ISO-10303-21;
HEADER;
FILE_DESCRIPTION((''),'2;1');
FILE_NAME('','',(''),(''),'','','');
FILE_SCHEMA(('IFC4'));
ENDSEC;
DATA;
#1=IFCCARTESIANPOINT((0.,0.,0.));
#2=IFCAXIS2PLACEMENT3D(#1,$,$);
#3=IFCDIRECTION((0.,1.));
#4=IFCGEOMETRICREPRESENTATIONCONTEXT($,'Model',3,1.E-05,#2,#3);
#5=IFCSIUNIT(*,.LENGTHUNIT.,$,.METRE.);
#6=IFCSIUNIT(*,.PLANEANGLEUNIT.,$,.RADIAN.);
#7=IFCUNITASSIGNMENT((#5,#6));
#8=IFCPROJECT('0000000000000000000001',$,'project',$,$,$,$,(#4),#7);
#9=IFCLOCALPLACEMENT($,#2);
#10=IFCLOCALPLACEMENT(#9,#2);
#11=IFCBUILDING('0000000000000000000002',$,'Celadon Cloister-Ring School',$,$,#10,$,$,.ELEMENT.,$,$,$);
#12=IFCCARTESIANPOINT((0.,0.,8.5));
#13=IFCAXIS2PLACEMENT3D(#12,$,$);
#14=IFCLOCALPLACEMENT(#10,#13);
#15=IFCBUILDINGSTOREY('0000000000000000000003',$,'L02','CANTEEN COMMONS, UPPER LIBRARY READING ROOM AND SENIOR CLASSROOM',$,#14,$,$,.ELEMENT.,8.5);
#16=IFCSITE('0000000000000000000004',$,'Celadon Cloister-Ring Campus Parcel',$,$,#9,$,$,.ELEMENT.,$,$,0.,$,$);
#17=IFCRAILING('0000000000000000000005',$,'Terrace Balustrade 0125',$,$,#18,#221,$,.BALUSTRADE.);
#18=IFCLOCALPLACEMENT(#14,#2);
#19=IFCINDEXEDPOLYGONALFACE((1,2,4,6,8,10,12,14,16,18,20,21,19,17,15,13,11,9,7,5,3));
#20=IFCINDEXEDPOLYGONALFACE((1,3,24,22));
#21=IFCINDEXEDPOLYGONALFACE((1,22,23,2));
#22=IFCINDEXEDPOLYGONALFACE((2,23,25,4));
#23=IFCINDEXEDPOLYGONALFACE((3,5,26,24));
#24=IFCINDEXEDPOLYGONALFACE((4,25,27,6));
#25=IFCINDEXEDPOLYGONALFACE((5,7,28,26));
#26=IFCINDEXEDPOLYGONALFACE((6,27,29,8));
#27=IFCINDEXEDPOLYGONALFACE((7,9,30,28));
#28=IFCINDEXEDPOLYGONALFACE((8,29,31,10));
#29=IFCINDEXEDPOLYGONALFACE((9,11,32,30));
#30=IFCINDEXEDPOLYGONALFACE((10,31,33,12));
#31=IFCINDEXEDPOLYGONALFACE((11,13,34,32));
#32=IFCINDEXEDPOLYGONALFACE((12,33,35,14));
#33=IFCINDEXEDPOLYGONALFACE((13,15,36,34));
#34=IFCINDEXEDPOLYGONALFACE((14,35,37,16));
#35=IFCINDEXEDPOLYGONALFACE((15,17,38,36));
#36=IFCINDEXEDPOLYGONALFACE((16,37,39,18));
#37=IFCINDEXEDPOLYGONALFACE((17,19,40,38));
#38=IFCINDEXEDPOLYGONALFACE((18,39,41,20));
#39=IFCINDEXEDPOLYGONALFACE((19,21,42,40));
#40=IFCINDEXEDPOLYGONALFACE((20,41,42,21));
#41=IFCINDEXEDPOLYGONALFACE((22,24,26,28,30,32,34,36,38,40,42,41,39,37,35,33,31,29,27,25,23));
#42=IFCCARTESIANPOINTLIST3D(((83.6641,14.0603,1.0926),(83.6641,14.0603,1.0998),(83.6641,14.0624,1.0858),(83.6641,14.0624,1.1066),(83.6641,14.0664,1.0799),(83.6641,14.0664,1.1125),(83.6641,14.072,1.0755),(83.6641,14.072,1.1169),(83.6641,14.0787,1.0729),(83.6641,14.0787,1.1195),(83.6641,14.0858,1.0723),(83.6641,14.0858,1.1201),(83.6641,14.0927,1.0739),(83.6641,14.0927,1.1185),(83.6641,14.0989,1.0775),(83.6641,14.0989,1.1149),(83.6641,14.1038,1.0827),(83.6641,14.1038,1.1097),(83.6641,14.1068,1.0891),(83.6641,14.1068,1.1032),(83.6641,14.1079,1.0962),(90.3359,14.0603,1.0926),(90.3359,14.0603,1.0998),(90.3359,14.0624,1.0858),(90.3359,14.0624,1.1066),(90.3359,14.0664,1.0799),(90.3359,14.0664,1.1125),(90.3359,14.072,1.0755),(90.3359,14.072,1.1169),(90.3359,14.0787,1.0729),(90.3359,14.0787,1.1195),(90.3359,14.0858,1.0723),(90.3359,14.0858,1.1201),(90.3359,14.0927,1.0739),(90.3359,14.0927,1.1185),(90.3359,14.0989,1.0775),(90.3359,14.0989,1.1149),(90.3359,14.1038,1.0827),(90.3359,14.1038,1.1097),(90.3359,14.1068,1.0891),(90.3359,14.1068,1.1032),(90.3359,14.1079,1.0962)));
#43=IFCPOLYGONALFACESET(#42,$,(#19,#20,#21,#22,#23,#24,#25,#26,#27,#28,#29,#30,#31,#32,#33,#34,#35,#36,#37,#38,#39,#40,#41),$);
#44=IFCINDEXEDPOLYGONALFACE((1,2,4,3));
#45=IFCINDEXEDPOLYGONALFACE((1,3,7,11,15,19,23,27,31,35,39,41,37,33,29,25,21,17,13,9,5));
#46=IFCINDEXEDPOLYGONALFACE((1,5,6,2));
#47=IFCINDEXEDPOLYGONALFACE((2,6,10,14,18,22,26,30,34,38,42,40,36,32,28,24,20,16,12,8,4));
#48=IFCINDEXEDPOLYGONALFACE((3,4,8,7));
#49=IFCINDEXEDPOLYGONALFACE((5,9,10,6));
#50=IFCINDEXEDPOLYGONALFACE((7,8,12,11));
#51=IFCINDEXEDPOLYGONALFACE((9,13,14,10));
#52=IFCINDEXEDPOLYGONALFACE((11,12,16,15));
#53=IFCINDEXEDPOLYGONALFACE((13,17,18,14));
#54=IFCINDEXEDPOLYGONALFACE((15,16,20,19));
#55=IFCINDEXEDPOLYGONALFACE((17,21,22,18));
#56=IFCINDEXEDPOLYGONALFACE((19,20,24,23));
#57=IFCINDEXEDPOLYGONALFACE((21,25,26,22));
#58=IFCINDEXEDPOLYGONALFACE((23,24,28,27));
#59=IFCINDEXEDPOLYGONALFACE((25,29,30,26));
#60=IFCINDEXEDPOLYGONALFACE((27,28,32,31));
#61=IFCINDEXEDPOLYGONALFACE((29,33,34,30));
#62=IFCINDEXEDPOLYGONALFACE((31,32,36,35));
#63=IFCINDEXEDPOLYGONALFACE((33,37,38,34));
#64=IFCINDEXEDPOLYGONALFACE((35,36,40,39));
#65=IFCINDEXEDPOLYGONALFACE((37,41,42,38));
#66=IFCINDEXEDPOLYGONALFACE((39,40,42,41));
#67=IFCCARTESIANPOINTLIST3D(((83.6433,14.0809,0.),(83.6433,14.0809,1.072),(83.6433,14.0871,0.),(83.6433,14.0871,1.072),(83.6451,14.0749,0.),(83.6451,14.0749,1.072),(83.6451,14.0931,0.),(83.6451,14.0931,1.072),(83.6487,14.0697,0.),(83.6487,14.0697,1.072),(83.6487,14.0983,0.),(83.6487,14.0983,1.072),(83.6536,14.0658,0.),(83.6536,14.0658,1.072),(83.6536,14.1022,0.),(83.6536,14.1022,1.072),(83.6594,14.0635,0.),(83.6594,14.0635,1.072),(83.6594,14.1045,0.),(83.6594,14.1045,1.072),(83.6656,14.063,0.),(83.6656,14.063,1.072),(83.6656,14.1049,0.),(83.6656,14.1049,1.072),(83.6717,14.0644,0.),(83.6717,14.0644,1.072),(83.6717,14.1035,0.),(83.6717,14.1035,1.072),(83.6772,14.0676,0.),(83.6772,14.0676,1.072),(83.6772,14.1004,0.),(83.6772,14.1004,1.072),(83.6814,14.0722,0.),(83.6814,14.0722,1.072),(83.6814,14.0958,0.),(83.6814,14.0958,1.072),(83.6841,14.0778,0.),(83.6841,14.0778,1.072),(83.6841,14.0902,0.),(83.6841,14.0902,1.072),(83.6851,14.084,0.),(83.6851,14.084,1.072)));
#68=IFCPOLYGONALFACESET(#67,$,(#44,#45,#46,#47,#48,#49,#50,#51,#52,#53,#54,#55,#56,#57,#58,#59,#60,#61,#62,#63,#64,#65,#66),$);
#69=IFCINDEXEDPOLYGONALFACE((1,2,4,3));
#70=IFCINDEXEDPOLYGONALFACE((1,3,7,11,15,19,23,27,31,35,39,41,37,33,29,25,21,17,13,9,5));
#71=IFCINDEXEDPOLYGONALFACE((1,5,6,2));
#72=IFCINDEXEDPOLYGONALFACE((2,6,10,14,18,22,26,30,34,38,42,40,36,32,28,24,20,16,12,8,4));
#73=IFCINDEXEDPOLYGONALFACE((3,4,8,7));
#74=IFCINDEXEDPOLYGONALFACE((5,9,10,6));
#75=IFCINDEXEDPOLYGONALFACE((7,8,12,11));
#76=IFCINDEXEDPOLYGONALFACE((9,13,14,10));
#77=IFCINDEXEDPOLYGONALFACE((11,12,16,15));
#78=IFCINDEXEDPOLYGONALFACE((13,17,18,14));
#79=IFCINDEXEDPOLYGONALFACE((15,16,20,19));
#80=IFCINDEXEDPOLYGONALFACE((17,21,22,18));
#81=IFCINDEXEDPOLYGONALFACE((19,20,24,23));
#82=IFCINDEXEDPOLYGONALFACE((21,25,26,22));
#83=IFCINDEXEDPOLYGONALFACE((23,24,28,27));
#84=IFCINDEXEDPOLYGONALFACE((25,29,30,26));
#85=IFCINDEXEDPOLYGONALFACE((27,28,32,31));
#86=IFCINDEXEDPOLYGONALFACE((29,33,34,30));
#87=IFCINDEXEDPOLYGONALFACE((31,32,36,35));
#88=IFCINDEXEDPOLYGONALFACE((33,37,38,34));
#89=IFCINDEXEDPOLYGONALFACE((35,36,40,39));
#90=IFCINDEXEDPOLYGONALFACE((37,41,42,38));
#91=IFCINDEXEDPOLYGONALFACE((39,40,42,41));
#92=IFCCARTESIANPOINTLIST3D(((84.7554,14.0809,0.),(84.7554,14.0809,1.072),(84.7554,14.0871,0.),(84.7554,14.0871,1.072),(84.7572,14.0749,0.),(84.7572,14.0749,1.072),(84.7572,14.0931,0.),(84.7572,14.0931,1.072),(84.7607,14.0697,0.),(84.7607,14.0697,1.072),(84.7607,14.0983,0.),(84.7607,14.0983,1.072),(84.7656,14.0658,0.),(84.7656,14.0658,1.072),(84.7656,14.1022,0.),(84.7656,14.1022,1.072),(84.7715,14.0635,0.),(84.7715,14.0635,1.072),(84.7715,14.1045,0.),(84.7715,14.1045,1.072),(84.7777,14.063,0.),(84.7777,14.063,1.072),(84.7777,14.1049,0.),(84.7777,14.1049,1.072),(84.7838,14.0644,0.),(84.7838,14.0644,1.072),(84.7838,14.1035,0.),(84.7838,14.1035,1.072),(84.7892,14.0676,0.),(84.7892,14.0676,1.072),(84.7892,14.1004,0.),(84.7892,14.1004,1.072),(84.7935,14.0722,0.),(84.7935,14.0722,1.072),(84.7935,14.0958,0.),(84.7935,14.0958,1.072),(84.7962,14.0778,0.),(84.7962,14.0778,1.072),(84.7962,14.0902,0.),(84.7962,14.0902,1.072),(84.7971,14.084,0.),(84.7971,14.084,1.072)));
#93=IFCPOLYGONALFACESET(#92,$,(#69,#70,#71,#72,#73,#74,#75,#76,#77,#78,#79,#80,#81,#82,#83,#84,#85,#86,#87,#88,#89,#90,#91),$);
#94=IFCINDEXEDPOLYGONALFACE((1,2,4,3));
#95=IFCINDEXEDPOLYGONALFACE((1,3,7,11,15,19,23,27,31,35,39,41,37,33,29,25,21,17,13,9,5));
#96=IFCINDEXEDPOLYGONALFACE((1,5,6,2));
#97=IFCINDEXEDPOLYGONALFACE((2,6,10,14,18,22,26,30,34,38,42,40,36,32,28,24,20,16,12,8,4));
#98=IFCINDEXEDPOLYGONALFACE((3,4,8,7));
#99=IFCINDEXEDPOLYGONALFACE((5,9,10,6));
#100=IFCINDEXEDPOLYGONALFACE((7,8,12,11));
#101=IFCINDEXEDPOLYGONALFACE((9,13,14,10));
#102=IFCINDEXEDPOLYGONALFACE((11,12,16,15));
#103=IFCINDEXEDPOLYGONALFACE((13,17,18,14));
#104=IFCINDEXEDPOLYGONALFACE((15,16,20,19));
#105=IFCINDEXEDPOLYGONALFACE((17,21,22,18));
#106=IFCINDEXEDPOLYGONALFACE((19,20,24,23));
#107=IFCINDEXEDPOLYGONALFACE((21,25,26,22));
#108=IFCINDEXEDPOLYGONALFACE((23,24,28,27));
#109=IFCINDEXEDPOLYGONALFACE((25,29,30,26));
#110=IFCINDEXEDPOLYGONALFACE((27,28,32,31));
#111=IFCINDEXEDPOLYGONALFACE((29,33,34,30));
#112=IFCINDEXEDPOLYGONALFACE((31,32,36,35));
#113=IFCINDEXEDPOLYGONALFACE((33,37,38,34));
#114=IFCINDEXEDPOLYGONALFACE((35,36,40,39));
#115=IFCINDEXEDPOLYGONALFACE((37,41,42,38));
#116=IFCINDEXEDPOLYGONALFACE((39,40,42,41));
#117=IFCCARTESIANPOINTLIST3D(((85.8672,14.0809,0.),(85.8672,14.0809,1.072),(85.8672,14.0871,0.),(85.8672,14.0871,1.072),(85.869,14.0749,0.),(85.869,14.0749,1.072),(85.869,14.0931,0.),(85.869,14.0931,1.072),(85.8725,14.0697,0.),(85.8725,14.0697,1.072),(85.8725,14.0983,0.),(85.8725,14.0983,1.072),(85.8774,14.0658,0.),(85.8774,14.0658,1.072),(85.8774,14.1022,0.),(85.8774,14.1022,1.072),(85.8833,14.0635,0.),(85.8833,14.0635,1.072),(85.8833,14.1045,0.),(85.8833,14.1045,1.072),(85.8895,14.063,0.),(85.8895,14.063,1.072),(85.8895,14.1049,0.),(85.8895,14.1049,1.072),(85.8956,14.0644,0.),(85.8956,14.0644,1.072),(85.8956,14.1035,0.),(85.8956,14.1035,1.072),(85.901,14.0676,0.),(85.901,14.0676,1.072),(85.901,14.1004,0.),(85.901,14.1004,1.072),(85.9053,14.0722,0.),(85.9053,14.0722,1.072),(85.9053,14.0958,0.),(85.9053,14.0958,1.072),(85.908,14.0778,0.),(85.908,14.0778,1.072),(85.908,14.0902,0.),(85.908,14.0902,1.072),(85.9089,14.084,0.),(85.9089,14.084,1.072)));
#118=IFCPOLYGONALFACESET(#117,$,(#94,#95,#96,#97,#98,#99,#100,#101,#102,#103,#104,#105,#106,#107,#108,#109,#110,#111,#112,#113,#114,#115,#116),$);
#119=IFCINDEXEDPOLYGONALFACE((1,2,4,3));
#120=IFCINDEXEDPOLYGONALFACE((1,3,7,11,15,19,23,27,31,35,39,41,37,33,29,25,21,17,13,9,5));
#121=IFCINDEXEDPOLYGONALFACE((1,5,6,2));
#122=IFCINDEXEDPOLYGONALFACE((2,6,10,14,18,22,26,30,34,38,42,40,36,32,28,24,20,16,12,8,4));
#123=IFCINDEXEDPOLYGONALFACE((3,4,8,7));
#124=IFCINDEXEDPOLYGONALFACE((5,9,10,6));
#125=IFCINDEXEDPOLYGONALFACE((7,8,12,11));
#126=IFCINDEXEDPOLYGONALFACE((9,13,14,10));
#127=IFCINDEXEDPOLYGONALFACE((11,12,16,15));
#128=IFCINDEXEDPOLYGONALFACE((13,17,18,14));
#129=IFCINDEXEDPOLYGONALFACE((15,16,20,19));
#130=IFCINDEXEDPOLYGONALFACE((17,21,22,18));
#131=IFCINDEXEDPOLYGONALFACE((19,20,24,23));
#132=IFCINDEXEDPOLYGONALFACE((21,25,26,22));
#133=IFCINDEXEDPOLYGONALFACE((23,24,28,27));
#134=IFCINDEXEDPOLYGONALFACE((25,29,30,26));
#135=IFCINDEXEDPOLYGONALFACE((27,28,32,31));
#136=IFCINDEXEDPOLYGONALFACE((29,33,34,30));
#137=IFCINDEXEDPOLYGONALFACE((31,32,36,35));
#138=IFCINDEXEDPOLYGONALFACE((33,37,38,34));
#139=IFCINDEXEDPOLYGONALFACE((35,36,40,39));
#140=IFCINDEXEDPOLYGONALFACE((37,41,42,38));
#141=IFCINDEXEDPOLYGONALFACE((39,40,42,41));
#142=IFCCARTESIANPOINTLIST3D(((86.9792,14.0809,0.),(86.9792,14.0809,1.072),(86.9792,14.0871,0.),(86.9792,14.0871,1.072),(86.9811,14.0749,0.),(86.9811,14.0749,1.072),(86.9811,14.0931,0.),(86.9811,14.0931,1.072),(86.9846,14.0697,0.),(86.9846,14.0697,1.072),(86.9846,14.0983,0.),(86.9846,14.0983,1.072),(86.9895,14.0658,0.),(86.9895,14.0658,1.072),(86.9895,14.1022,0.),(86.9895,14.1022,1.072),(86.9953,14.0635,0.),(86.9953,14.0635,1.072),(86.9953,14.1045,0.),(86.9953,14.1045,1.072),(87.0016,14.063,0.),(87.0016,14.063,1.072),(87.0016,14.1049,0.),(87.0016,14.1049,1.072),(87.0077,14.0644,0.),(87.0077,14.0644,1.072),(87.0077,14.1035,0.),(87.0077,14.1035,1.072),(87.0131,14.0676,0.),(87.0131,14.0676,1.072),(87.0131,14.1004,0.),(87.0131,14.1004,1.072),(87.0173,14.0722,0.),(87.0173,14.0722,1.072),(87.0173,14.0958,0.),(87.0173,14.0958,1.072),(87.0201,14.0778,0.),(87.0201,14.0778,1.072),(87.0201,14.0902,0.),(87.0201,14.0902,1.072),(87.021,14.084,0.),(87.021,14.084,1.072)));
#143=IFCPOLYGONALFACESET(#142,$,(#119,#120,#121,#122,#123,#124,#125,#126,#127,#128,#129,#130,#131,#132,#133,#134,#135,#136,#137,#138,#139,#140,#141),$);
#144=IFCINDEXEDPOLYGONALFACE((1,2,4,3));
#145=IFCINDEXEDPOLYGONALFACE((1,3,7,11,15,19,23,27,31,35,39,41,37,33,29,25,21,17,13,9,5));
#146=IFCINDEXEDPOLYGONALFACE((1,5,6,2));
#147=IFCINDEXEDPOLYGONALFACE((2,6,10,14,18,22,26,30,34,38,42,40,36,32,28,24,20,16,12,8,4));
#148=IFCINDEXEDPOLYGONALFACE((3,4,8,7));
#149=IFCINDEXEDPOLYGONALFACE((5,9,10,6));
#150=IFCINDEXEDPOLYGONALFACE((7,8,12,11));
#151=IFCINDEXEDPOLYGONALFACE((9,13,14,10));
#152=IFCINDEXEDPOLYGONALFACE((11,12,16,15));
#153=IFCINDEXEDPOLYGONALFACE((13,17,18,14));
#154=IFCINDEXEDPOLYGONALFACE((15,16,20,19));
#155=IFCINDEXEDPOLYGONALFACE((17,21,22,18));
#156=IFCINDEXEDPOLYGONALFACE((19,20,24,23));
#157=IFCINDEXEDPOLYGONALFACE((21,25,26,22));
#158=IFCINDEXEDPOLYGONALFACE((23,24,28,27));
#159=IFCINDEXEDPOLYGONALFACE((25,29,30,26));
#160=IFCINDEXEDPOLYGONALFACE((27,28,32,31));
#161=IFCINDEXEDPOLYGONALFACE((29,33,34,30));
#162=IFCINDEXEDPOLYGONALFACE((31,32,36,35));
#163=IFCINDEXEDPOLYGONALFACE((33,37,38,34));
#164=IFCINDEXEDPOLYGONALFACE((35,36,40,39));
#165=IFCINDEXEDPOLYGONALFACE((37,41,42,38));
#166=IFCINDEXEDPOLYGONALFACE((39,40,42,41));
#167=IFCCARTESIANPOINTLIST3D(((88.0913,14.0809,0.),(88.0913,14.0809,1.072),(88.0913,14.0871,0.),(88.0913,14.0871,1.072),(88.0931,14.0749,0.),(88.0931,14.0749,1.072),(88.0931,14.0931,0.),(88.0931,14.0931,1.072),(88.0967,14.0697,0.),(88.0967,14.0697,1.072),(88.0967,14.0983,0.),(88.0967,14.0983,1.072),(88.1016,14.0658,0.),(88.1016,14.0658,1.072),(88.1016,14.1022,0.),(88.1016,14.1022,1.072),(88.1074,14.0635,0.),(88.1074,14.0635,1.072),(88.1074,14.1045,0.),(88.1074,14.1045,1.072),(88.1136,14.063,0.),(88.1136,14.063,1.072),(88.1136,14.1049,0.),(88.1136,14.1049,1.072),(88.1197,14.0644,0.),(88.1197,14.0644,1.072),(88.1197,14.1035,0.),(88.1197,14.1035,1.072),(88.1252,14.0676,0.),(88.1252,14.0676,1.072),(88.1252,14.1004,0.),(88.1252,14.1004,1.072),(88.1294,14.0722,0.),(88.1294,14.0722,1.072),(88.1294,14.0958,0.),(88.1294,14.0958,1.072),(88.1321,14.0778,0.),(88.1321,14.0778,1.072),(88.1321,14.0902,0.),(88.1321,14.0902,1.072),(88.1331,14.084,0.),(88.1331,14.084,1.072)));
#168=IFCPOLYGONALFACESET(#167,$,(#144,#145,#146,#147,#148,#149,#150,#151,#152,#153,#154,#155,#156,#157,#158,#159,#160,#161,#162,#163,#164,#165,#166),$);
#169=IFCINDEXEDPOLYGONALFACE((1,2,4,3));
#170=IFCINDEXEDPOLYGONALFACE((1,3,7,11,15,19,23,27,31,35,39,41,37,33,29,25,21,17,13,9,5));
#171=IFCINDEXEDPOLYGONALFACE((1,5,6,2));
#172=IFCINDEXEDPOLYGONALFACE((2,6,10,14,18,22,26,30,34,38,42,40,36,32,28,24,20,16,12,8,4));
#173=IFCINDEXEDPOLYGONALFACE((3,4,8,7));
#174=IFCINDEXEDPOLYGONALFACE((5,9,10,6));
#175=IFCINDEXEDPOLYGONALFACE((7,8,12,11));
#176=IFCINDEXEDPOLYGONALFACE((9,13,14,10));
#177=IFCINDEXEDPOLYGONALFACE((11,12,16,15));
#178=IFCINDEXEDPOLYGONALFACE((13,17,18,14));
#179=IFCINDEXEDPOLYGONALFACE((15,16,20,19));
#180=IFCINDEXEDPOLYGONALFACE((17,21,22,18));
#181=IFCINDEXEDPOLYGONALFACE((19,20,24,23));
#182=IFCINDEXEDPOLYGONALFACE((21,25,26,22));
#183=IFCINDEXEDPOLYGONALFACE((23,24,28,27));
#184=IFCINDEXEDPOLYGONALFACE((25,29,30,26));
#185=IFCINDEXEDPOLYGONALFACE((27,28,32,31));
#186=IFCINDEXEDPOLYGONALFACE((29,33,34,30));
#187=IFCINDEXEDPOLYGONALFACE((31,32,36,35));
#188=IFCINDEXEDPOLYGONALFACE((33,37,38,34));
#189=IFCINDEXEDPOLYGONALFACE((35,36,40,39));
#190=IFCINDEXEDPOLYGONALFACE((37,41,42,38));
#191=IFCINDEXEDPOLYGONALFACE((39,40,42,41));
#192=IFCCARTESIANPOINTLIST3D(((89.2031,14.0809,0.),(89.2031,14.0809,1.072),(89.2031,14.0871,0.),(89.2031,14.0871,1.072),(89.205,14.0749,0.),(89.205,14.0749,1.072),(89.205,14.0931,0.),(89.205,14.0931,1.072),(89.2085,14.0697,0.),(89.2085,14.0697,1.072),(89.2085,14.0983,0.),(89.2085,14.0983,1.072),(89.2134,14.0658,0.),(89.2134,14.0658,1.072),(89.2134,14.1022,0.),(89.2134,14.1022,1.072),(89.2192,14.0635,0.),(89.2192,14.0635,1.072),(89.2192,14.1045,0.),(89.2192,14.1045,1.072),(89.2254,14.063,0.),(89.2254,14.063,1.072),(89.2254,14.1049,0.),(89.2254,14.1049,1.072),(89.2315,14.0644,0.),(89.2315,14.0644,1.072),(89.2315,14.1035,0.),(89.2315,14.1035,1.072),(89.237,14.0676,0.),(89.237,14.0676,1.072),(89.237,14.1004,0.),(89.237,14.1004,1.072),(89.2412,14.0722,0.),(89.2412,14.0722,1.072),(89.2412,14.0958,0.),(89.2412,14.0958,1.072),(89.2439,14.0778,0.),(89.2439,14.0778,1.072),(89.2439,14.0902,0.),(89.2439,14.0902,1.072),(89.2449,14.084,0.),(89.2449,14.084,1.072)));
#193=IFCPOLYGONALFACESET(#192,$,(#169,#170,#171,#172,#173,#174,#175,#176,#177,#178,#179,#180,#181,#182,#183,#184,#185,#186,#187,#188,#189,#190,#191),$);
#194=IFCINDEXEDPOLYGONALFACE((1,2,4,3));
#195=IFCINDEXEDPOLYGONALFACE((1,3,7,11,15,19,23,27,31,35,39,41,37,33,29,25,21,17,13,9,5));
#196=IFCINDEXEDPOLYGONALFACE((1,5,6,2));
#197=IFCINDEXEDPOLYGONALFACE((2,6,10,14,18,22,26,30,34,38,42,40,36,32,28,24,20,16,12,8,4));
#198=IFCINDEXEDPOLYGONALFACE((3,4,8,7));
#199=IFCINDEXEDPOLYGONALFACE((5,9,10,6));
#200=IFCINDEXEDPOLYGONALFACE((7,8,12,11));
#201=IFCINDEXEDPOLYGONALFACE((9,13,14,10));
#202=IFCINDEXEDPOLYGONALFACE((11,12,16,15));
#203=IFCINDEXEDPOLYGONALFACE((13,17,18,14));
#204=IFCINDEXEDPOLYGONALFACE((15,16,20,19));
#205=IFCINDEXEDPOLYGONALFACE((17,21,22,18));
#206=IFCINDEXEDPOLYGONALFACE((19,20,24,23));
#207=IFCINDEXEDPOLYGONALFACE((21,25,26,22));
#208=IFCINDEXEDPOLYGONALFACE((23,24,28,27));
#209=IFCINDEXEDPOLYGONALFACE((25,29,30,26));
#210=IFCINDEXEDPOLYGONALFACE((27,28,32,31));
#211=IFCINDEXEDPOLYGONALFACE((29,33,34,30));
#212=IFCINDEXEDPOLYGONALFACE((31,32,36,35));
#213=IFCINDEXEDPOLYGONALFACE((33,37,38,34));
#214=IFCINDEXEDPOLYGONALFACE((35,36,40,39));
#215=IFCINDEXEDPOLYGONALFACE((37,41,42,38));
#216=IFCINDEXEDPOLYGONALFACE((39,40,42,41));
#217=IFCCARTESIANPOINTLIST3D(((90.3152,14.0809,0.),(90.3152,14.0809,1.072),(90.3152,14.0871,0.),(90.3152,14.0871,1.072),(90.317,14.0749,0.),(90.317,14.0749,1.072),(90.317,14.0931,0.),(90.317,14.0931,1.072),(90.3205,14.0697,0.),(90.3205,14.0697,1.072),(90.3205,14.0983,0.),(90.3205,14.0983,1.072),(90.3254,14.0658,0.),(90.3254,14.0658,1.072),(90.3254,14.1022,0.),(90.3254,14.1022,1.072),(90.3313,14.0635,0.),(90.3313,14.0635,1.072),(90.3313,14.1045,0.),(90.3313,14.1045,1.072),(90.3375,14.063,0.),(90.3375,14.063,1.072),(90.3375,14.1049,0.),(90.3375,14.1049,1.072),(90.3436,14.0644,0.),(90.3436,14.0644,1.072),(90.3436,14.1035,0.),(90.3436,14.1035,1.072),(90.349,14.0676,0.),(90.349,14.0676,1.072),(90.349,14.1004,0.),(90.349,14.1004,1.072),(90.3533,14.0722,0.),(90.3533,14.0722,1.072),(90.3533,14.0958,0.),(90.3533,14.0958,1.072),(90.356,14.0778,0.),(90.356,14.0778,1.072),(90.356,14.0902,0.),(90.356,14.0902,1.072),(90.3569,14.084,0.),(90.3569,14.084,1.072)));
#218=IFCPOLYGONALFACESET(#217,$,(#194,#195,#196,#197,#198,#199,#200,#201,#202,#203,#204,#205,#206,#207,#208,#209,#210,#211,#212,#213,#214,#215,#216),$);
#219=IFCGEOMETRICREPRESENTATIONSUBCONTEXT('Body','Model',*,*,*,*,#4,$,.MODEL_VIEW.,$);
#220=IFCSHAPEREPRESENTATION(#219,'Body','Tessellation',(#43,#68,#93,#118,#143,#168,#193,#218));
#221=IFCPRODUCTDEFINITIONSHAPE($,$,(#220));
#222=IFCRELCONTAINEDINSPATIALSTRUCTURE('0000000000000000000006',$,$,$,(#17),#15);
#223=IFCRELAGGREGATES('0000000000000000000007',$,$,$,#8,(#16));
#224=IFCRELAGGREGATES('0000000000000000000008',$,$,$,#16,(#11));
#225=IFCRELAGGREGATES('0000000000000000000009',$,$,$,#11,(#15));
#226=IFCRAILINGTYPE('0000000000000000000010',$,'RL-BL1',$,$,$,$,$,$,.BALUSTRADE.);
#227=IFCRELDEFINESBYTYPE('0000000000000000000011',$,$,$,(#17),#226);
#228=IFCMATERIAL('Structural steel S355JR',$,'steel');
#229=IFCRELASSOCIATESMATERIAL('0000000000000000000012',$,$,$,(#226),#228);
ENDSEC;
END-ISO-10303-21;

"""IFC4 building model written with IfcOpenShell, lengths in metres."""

from ifc_helpers import new_model, si_unit, direction, frame, origin, origin_2d, place, context, subcontext, project, spatial, circle, extrude, material, type_object, element, save


model = new_model("IFC4")

# Units and contexts
model_context = context("Model", 3, precision=1e-05, world=origin(), true_north=direction((0.0, 1.0)))
body_context = subcontext(model_context, "Body", "Model", "MODEL_VIEW")
ifc_project = project(units=[si_unit("LENGTHUNIT", "METRE"), si_unit("PLANEANGLEUNIT", "RADIAN")], contexts=[model_context])

# Site, building, storey
site_placement = place(None, origin())
site = spatial("IfcSite", under=ifc_project, at=site_placement, Name="Celadon Cloister-Ring Campus Parcel", CompositionType="ELEMENT", RefElevation=0.0)
building_placement = place(site_placement, origin())
building = spatial("IfcBuilding", under=site, at=building_placement, Name="Celadon Cloister-Ring School", CompositionType="ELEMENT")
storey_placement = place(building_placement, frame((0.0, 0.0, 8.5)))
storey = spatial("IfcBuildingStorey", under=building, at=storey_placement, Name="L02", Description="CANTEEN COMMONS, UPPER LIBRARY READING ROOM AND SENIOR CLASSROOM", CompositionType="ELEMENT", Elevation=8.5)

# Railing
ifc_material_1 = material(Name="Structural steel S355JR", Category="steel")
railing_type = type_object("IfcRailingType", Name="RL-BL1", PredefinedType="BALUSTRADE", material=ifc_material_1)
railing_1_placement = place(storey_placement, frame((83.6641, 14.084, 0.0)))
element("IfcRailing", 1, at=railing_1_placement, inside=storey, type_object=railing_type, Name="Terrace Balustrade 0125", PredefinedType="BALUSTRADE", context=body_context, shape_type="SweptSolid", body=[
    extrude(circle(Radius=0.0239, at=origin_2d()), frame((0.0, 0.0, 1.0962), z_axis=(1.0, 0.0, 0.0), x_axis=(0.0, 1.0, 0.0)), (0.0, 0.0, 1.0), 6.6719),
    extrude(circle(Radius=0.021, at=origin_2d()), origin(), (0.0, 0.0, 1.0), 1.072),
    extrude(circle(Radius=0.021, at=origin_2d()), frame((1.1121, 0.0, 0.0)), (0.0, 0.0, 1.0), 1.072),
    extrude(circle(Radius=0.021, at=origin_2d()), frame((2.2239, 0.0, 0.0)), (0.0, 0.0, 1.0), 1.072),
    extrude(circle(Radius=0.021, at=origin_2d()), frame((3.3359, 0.0, 0.0)), (0.0, 0.0, 1.0), 1.072),
    extrude(circle(Radius=0.021, at=origin_2d()), frame((4.448, 0.0, 0.0)), (0.0, 0.0, 1.0), 1.072),
    extrude(circle(Radius=0.021, at=origin_2d()), frame((5.5598, 0.0, 0.0)), (0.0, 0.0, 1.0), 1.072),
    extrude(circle(Radius=0.021, at=origin_2d()), frame((6.6719, 0.0, 0.0)), (0.0, 0.0, 1.0), 1.072),
])

save(model, "model.ifc")
